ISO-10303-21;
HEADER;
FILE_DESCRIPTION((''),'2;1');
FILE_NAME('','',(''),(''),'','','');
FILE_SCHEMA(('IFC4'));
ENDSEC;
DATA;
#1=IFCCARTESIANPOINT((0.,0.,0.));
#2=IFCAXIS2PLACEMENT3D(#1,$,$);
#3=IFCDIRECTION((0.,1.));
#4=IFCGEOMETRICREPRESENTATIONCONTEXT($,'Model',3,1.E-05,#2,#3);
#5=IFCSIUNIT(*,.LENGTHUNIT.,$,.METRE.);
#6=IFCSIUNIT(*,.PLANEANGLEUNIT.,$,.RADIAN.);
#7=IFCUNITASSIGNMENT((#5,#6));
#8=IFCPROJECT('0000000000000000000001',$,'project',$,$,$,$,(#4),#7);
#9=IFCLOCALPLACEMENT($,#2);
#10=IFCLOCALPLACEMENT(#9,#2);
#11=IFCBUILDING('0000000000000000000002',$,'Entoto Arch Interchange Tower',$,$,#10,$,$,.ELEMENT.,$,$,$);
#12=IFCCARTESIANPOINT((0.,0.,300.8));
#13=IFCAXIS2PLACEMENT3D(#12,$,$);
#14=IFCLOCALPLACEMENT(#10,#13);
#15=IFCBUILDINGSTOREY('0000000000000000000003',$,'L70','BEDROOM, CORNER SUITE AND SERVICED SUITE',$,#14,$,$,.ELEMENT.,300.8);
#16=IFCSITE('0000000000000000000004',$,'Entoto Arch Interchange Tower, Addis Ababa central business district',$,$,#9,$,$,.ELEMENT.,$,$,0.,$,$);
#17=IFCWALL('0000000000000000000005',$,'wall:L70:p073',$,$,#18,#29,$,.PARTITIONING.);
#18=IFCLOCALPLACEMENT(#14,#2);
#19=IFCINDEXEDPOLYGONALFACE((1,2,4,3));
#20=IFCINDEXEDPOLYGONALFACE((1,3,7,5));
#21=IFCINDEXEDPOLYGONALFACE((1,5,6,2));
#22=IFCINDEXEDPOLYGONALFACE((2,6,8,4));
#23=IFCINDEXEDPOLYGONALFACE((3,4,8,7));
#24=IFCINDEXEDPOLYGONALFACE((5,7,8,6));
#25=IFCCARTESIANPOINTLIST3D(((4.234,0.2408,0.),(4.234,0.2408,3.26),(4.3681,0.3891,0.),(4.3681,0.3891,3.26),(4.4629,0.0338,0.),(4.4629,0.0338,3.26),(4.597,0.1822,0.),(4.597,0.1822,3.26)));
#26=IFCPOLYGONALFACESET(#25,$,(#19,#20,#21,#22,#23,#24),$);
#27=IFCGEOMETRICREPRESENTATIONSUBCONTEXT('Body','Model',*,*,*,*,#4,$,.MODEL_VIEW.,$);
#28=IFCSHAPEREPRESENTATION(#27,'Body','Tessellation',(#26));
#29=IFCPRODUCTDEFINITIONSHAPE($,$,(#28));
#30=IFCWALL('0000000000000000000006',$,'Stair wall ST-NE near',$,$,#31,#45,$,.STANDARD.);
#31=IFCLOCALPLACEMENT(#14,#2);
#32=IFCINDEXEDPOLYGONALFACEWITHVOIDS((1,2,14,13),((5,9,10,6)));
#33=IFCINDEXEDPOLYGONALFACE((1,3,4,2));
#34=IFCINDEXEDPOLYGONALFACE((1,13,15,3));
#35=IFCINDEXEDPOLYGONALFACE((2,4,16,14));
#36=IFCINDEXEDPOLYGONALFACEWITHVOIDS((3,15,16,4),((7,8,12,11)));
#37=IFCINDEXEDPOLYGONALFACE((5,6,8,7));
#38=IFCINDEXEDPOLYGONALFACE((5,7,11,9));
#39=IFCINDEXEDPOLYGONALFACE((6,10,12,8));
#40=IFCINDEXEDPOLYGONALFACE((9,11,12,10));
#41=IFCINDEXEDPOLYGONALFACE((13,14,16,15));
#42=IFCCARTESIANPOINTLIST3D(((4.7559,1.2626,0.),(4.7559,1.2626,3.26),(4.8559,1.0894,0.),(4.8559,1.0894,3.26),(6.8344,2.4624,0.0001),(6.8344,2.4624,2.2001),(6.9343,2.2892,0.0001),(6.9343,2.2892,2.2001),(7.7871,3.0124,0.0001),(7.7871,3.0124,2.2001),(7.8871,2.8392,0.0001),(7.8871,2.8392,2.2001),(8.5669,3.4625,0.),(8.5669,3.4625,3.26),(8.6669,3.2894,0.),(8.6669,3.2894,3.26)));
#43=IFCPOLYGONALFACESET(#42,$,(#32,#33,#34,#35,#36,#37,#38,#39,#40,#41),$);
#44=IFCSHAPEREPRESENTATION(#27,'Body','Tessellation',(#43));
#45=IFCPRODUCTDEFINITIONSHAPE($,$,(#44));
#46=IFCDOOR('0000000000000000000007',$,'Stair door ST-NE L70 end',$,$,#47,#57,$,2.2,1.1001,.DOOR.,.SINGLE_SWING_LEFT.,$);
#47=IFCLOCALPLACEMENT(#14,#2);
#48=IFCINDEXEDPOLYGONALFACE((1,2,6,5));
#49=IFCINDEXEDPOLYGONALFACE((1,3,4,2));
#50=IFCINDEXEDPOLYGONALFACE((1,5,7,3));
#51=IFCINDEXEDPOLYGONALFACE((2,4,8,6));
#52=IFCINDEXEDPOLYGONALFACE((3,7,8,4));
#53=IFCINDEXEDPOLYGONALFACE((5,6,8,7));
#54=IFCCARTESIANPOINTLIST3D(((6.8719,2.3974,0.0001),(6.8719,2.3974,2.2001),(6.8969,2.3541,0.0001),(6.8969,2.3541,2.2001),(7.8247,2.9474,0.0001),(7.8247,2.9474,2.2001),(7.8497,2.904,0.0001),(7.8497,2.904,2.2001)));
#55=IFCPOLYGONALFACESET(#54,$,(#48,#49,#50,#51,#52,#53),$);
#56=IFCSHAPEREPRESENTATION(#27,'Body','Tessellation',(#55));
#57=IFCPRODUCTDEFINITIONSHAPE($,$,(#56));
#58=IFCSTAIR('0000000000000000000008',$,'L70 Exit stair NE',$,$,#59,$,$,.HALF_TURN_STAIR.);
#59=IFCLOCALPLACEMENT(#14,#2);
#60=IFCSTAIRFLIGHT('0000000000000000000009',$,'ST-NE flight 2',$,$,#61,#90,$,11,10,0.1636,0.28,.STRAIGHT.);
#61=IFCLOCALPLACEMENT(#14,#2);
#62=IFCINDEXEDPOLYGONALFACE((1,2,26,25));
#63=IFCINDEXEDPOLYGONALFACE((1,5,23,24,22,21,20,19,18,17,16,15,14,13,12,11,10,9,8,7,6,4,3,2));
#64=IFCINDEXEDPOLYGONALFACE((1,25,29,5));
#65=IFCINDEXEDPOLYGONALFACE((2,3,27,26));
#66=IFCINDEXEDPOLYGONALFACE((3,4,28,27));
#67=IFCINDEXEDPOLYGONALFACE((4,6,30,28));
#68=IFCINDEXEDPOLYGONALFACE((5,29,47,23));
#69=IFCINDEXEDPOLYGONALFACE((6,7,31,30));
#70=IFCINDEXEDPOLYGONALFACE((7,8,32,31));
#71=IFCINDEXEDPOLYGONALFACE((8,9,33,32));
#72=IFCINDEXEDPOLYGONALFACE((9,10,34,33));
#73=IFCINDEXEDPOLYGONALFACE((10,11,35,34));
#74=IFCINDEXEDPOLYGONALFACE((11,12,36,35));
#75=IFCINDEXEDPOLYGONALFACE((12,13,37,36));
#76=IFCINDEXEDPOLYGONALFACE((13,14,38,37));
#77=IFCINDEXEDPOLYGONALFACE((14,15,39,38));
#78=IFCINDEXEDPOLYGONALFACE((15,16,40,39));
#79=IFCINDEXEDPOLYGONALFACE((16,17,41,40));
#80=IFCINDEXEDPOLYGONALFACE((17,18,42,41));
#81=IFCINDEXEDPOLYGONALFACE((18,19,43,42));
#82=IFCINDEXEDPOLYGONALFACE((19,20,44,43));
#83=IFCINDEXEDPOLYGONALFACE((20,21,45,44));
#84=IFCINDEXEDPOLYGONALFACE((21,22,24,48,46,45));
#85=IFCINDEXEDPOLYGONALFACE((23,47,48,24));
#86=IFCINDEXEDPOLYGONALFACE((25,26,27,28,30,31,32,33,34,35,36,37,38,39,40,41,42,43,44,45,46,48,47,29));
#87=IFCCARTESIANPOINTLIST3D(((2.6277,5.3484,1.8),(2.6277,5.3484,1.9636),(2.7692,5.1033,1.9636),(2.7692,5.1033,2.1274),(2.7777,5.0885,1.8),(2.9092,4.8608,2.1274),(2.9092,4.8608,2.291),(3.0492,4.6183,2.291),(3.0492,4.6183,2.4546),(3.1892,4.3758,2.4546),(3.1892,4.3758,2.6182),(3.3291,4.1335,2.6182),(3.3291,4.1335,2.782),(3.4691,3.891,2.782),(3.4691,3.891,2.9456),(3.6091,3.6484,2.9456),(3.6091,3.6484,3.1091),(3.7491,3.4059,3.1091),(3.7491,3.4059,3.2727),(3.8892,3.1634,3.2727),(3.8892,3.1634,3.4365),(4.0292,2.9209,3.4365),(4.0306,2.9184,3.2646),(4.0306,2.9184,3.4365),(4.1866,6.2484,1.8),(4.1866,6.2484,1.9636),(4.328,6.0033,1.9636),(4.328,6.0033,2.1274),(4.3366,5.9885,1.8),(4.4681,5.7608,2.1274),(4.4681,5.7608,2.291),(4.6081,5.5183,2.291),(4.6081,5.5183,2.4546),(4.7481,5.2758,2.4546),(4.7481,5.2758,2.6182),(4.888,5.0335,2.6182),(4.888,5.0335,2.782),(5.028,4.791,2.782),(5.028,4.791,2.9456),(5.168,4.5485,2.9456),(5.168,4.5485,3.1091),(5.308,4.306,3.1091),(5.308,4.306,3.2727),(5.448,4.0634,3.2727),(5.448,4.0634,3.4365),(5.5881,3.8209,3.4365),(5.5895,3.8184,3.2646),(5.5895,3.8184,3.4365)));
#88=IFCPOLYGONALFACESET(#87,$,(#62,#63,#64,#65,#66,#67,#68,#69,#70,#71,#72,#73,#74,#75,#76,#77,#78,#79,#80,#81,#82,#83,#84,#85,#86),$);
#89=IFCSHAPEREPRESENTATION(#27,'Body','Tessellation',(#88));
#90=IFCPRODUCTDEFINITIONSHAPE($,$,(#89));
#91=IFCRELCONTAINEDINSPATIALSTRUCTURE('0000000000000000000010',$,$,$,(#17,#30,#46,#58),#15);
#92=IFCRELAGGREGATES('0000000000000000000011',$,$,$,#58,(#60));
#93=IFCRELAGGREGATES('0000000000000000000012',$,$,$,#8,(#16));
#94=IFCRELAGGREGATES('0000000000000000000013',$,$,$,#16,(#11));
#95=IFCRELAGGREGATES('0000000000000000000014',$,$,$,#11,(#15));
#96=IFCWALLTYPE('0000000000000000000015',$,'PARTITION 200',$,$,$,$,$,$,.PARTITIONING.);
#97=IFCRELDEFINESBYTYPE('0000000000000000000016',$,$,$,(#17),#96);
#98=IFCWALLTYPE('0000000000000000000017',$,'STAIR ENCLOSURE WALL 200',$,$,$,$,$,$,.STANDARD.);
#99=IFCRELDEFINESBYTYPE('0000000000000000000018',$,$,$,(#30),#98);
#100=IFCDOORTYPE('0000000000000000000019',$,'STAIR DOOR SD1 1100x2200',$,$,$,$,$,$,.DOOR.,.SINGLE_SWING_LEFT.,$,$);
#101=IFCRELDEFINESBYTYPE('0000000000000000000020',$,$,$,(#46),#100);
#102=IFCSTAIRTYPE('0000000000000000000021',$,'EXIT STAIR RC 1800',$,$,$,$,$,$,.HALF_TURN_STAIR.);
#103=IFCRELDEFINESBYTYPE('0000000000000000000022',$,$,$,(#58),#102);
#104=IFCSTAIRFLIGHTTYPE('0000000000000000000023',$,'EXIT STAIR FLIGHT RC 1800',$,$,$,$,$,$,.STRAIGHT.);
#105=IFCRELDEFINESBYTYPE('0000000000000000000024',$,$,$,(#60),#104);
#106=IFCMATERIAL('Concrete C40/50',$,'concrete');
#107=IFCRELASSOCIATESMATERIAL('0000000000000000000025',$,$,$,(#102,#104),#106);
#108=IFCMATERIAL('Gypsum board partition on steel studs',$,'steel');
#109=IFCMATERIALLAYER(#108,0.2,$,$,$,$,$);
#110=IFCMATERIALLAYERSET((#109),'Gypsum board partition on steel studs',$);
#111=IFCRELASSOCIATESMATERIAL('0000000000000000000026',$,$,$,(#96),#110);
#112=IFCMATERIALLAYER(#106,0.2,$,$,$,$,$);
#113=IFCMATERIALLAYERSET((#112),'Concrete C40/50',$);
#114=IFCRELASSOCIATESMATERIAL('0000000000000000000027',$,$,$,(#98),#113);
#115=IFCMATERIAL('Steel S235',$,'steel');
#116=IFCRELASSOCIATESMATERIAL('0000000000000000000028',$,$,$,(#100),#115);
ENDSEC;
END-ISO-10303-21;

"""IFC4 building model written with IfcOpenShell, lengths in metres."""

from ifc_helpers import new_model, si_unit, direction, frame, frame_2d, origin, place, context, subcontext, project, spatial, polyline, rectangle, outline, extrude, material, layer, layer_set, type_object, element, fill, aggregate, save


model = new_model("IFC4")

# Units and contexts
model_context = context("Model", 3, precision=1e-05, world=origin(), true_north=direction((0.0, 1.0)))
body_context = subcontext(model_context, "Body", "Model", "MODEL_VIEW")
ifc_project = project(units=[si_unit("LENGTHUNIT", "METRE"), si_unit("PLANEANGLEUNIT", "RADIAN")], contexts=[model_context])

# Site, building, storey
site_placement = place(None, origin())
site = spatial("IfcSite", under=ifc_project, at=site_placement, Name="Entoto Arch Interchange Tower, Addis Ababa central business district", CompositionType="ELEMENT", RefElevation=0.0)
building_placement = place(site_placement, origin())
building = spatial("IfcBuilding", under=site, at=building_placement, Name="Entoto Arch Interchange Tower", CompositionType="ELEMENT")
storey_placement = place(building_placement, frame((0.0, 0.0, 300.8)))
storey = spatial("IfcBuildingStorey", under=building, at=storey_placement, Name="L70", Description="BEDROOM, CORNER SUITE AND SERVICED SUITE", CompositionType="ELEMENT", Elevation=300.8)

# Shared definitions
ifc_material_1 = material(Name="Concrete C40/50", Category="concrete")
stair_type = type_object("IfcStairType", Name="EXIT STAIR RC 1800", PredefinedType="HALF_TURN_STAIR", material=ifc_material_1)

# Shared definitions
ifc_material_2 = material(Name="Gypsum board partition on steel studs", Category="steel")
ifc_layer_1 = layer(ifc_material_2, 0.2)
ifc_layer_set_1 = layer_set([ifc_layer_1], Name="Gypsum board partition on steel studs")
wall_type_1 = type_object("IfcWallType", Name="PARTITION 200", PredefinedType="PARTITIONING", material=ifc_layer_set_1)

# Wall
wall_1_placement = place(storey_placement, frame((4.301, 0.3149, 0.0), z_axis=(0.0, 0.0, 1.0), x_axis=(0.741798, -0.670623, 0.0)))
element("IfcWall", 1, at=wall_1_placement, inside=storey, type_object=wall_type_1, Name="wall:L70:p073", PredefinedType="PARTITIONING", context=body_context, shape_type="SweptSolid", body=[
    extrude(rectangle(XDim=0.3086, YDim=0.2, at=frame_2d((0.1543, 0.0))), origin(), (0.0, 0.0, 1.0), 3.26),
])

# Wall, opening, door
ifc_layer_2 = layer(ifc_material_1, 0.2)
ifc_layer_set_2 = layer_set([ifc_layer_2], Name="Concrete C40/50")
wall_type_2 = type_object("IfcWallType", Name="STAIR ENCLOSURE WALL 200", PredefinedType="STANDARD", material=ifc_layer_set_2)
wall_2_placement = place(storey_placement, frame((4.8059, 1.176, 0.0), z_axis=(0.0, 0.0, 1.0), x_axis=(0.86606, 0.49994, 0.0)))
wall_2 = element("IfcWall", 2, at=wall_2_placement, inside=storey, type_object=wall_type_2, Name="Stair wall ST-NE near", PredefinedType="STANDARD", context=body_context, shape_type="SweptSolid", body=[
    extrude(rectangle(XDim=4.4004, YDim=0.2, at=frame_2d((2.2002, 0.0))), origin(), (0.0, 0.0, 1.0), 3.26),
])
opening_1_placement = place(wall_2_placement, frame((2.3999, 0.0, 0.0)))
opening_1 = element("IfcOpeningElement", 3, at=opening_1_placement, cuts=wall_2, PredefinedType="OPENING", context=body_context, shape_type="SweptSolid", body=[
    extrude(rectangle(XDim=1.1001, YDim=2.2, at=frame_2d((0.55, 1.1001))), frame((0.0, 0.1099, 0.0), z_axis=(0.0, -1.0, 0.0), x_axis=(1.0, 0.0, 0.0)), (0.0, 0.0, 1.0), 0.22),
])
ifc_material_3 = material(Name="Steel S235", Category="steel")
door_type_1 = type_object("IfcDoorType", Name="STAIR DOOR SD1 1100x2200", OperationType="SINGLE_SWING_LEFT", PredefinedType="DOOR", material=ifc_material_3)
door_1_placement = place(opening_1_placement, origin())
door_1 = element("IfcDoor", 4, at=door_1_placement, inside=storey, type_object=door_type_1, Name="Stair door ST-NE L70 end", OperationType="SINGLE_SWING_LEFT", OverallHeight=2.2, OverallWidth=1.1001, PredefinedType="DOOR", context=body_context, shape_type="SweptSolid", body=[
    extrude(rectangle(XDim=1.1001, YDim=2.2, at=frame_2d((0.55, 1.1001))), frame((0.0, 0.0249, 0.0), z_axis=(0.0, -1.0, 0.0), x_axis=(1.0, 0.0, 0.0)), (0.0, 0.0, 1.0), 0.05),
])
fill(opening_1, door_1)

# Stair, stair flight
stair_1_placement = place(storey_placement, origin())
stair_1 = element("IfcStair", 5, at=stair_1_placement, inside=storey, type_object=stair_type, Name="L70 Exit stair NE", PredefinedType="HALF_TURN_STAIR")
stair_flight_type = type_object("IfcStairFlightType", Name="EXIT STAIR FLIGHT RC 1800", PredefinedType="STRAIGHT", material=ifc_material_1)
stair_flight_placement = place(storey_placement, frame((3.4087, 5.7959, 1.8), z_axis=(0.0, 0.0, 1.0), x_axis=(0.5, -0.866025, 0.0)))
stair_flight = element("IfcStairFlight", 6, at=stair_flight_placement, type_object=stair_flight_type, Name="ST-NE flight 2", NumberOfRisers=11, NumberOfTreads=10, PredefinedType="STRAIGHT", RiserHeight=0.1636, TreadLength=0.28, context=body_context, shape_type="SweptSolid", body=[
    extrude(outline(polyline([(-0.0029, 0.0), (-0.0029, 0.1636), (0.28, 0.1636), (0.28, 0.3274), (0.5601, 0.3274), (0.5601, 0.491), (0.8401, 0.491), (0.8401, 0.6545), (1.1201, 0.6545), (1.1201, 0.8181), (1.3999, 0.8181), (1.3999, 0.9819), (1.6799, 0.9819), (1.6799, 1.1455), (1.96, 1.1455), (1.96, 1.3091), (2.24, 1.3091), (2.24, 1.4727), (2.52, 1.4727), (2.52, 1.6365), (2.8, 1.6365), (2.803, 1.6365), (2.803, 1.4646), (0.2971, 0.0), (-0.0029, 0.0)])), frame((0.0, 0.8999, 0.0), z_axis=(0.0, -1.0, 0.0), x_axis=(1.0, 0.0, 0.0)), (0.0, 0.0, 1.0), 1.8),
])
aggregate(stair_1, [stair_flight])

save(model, "model.ifc")
